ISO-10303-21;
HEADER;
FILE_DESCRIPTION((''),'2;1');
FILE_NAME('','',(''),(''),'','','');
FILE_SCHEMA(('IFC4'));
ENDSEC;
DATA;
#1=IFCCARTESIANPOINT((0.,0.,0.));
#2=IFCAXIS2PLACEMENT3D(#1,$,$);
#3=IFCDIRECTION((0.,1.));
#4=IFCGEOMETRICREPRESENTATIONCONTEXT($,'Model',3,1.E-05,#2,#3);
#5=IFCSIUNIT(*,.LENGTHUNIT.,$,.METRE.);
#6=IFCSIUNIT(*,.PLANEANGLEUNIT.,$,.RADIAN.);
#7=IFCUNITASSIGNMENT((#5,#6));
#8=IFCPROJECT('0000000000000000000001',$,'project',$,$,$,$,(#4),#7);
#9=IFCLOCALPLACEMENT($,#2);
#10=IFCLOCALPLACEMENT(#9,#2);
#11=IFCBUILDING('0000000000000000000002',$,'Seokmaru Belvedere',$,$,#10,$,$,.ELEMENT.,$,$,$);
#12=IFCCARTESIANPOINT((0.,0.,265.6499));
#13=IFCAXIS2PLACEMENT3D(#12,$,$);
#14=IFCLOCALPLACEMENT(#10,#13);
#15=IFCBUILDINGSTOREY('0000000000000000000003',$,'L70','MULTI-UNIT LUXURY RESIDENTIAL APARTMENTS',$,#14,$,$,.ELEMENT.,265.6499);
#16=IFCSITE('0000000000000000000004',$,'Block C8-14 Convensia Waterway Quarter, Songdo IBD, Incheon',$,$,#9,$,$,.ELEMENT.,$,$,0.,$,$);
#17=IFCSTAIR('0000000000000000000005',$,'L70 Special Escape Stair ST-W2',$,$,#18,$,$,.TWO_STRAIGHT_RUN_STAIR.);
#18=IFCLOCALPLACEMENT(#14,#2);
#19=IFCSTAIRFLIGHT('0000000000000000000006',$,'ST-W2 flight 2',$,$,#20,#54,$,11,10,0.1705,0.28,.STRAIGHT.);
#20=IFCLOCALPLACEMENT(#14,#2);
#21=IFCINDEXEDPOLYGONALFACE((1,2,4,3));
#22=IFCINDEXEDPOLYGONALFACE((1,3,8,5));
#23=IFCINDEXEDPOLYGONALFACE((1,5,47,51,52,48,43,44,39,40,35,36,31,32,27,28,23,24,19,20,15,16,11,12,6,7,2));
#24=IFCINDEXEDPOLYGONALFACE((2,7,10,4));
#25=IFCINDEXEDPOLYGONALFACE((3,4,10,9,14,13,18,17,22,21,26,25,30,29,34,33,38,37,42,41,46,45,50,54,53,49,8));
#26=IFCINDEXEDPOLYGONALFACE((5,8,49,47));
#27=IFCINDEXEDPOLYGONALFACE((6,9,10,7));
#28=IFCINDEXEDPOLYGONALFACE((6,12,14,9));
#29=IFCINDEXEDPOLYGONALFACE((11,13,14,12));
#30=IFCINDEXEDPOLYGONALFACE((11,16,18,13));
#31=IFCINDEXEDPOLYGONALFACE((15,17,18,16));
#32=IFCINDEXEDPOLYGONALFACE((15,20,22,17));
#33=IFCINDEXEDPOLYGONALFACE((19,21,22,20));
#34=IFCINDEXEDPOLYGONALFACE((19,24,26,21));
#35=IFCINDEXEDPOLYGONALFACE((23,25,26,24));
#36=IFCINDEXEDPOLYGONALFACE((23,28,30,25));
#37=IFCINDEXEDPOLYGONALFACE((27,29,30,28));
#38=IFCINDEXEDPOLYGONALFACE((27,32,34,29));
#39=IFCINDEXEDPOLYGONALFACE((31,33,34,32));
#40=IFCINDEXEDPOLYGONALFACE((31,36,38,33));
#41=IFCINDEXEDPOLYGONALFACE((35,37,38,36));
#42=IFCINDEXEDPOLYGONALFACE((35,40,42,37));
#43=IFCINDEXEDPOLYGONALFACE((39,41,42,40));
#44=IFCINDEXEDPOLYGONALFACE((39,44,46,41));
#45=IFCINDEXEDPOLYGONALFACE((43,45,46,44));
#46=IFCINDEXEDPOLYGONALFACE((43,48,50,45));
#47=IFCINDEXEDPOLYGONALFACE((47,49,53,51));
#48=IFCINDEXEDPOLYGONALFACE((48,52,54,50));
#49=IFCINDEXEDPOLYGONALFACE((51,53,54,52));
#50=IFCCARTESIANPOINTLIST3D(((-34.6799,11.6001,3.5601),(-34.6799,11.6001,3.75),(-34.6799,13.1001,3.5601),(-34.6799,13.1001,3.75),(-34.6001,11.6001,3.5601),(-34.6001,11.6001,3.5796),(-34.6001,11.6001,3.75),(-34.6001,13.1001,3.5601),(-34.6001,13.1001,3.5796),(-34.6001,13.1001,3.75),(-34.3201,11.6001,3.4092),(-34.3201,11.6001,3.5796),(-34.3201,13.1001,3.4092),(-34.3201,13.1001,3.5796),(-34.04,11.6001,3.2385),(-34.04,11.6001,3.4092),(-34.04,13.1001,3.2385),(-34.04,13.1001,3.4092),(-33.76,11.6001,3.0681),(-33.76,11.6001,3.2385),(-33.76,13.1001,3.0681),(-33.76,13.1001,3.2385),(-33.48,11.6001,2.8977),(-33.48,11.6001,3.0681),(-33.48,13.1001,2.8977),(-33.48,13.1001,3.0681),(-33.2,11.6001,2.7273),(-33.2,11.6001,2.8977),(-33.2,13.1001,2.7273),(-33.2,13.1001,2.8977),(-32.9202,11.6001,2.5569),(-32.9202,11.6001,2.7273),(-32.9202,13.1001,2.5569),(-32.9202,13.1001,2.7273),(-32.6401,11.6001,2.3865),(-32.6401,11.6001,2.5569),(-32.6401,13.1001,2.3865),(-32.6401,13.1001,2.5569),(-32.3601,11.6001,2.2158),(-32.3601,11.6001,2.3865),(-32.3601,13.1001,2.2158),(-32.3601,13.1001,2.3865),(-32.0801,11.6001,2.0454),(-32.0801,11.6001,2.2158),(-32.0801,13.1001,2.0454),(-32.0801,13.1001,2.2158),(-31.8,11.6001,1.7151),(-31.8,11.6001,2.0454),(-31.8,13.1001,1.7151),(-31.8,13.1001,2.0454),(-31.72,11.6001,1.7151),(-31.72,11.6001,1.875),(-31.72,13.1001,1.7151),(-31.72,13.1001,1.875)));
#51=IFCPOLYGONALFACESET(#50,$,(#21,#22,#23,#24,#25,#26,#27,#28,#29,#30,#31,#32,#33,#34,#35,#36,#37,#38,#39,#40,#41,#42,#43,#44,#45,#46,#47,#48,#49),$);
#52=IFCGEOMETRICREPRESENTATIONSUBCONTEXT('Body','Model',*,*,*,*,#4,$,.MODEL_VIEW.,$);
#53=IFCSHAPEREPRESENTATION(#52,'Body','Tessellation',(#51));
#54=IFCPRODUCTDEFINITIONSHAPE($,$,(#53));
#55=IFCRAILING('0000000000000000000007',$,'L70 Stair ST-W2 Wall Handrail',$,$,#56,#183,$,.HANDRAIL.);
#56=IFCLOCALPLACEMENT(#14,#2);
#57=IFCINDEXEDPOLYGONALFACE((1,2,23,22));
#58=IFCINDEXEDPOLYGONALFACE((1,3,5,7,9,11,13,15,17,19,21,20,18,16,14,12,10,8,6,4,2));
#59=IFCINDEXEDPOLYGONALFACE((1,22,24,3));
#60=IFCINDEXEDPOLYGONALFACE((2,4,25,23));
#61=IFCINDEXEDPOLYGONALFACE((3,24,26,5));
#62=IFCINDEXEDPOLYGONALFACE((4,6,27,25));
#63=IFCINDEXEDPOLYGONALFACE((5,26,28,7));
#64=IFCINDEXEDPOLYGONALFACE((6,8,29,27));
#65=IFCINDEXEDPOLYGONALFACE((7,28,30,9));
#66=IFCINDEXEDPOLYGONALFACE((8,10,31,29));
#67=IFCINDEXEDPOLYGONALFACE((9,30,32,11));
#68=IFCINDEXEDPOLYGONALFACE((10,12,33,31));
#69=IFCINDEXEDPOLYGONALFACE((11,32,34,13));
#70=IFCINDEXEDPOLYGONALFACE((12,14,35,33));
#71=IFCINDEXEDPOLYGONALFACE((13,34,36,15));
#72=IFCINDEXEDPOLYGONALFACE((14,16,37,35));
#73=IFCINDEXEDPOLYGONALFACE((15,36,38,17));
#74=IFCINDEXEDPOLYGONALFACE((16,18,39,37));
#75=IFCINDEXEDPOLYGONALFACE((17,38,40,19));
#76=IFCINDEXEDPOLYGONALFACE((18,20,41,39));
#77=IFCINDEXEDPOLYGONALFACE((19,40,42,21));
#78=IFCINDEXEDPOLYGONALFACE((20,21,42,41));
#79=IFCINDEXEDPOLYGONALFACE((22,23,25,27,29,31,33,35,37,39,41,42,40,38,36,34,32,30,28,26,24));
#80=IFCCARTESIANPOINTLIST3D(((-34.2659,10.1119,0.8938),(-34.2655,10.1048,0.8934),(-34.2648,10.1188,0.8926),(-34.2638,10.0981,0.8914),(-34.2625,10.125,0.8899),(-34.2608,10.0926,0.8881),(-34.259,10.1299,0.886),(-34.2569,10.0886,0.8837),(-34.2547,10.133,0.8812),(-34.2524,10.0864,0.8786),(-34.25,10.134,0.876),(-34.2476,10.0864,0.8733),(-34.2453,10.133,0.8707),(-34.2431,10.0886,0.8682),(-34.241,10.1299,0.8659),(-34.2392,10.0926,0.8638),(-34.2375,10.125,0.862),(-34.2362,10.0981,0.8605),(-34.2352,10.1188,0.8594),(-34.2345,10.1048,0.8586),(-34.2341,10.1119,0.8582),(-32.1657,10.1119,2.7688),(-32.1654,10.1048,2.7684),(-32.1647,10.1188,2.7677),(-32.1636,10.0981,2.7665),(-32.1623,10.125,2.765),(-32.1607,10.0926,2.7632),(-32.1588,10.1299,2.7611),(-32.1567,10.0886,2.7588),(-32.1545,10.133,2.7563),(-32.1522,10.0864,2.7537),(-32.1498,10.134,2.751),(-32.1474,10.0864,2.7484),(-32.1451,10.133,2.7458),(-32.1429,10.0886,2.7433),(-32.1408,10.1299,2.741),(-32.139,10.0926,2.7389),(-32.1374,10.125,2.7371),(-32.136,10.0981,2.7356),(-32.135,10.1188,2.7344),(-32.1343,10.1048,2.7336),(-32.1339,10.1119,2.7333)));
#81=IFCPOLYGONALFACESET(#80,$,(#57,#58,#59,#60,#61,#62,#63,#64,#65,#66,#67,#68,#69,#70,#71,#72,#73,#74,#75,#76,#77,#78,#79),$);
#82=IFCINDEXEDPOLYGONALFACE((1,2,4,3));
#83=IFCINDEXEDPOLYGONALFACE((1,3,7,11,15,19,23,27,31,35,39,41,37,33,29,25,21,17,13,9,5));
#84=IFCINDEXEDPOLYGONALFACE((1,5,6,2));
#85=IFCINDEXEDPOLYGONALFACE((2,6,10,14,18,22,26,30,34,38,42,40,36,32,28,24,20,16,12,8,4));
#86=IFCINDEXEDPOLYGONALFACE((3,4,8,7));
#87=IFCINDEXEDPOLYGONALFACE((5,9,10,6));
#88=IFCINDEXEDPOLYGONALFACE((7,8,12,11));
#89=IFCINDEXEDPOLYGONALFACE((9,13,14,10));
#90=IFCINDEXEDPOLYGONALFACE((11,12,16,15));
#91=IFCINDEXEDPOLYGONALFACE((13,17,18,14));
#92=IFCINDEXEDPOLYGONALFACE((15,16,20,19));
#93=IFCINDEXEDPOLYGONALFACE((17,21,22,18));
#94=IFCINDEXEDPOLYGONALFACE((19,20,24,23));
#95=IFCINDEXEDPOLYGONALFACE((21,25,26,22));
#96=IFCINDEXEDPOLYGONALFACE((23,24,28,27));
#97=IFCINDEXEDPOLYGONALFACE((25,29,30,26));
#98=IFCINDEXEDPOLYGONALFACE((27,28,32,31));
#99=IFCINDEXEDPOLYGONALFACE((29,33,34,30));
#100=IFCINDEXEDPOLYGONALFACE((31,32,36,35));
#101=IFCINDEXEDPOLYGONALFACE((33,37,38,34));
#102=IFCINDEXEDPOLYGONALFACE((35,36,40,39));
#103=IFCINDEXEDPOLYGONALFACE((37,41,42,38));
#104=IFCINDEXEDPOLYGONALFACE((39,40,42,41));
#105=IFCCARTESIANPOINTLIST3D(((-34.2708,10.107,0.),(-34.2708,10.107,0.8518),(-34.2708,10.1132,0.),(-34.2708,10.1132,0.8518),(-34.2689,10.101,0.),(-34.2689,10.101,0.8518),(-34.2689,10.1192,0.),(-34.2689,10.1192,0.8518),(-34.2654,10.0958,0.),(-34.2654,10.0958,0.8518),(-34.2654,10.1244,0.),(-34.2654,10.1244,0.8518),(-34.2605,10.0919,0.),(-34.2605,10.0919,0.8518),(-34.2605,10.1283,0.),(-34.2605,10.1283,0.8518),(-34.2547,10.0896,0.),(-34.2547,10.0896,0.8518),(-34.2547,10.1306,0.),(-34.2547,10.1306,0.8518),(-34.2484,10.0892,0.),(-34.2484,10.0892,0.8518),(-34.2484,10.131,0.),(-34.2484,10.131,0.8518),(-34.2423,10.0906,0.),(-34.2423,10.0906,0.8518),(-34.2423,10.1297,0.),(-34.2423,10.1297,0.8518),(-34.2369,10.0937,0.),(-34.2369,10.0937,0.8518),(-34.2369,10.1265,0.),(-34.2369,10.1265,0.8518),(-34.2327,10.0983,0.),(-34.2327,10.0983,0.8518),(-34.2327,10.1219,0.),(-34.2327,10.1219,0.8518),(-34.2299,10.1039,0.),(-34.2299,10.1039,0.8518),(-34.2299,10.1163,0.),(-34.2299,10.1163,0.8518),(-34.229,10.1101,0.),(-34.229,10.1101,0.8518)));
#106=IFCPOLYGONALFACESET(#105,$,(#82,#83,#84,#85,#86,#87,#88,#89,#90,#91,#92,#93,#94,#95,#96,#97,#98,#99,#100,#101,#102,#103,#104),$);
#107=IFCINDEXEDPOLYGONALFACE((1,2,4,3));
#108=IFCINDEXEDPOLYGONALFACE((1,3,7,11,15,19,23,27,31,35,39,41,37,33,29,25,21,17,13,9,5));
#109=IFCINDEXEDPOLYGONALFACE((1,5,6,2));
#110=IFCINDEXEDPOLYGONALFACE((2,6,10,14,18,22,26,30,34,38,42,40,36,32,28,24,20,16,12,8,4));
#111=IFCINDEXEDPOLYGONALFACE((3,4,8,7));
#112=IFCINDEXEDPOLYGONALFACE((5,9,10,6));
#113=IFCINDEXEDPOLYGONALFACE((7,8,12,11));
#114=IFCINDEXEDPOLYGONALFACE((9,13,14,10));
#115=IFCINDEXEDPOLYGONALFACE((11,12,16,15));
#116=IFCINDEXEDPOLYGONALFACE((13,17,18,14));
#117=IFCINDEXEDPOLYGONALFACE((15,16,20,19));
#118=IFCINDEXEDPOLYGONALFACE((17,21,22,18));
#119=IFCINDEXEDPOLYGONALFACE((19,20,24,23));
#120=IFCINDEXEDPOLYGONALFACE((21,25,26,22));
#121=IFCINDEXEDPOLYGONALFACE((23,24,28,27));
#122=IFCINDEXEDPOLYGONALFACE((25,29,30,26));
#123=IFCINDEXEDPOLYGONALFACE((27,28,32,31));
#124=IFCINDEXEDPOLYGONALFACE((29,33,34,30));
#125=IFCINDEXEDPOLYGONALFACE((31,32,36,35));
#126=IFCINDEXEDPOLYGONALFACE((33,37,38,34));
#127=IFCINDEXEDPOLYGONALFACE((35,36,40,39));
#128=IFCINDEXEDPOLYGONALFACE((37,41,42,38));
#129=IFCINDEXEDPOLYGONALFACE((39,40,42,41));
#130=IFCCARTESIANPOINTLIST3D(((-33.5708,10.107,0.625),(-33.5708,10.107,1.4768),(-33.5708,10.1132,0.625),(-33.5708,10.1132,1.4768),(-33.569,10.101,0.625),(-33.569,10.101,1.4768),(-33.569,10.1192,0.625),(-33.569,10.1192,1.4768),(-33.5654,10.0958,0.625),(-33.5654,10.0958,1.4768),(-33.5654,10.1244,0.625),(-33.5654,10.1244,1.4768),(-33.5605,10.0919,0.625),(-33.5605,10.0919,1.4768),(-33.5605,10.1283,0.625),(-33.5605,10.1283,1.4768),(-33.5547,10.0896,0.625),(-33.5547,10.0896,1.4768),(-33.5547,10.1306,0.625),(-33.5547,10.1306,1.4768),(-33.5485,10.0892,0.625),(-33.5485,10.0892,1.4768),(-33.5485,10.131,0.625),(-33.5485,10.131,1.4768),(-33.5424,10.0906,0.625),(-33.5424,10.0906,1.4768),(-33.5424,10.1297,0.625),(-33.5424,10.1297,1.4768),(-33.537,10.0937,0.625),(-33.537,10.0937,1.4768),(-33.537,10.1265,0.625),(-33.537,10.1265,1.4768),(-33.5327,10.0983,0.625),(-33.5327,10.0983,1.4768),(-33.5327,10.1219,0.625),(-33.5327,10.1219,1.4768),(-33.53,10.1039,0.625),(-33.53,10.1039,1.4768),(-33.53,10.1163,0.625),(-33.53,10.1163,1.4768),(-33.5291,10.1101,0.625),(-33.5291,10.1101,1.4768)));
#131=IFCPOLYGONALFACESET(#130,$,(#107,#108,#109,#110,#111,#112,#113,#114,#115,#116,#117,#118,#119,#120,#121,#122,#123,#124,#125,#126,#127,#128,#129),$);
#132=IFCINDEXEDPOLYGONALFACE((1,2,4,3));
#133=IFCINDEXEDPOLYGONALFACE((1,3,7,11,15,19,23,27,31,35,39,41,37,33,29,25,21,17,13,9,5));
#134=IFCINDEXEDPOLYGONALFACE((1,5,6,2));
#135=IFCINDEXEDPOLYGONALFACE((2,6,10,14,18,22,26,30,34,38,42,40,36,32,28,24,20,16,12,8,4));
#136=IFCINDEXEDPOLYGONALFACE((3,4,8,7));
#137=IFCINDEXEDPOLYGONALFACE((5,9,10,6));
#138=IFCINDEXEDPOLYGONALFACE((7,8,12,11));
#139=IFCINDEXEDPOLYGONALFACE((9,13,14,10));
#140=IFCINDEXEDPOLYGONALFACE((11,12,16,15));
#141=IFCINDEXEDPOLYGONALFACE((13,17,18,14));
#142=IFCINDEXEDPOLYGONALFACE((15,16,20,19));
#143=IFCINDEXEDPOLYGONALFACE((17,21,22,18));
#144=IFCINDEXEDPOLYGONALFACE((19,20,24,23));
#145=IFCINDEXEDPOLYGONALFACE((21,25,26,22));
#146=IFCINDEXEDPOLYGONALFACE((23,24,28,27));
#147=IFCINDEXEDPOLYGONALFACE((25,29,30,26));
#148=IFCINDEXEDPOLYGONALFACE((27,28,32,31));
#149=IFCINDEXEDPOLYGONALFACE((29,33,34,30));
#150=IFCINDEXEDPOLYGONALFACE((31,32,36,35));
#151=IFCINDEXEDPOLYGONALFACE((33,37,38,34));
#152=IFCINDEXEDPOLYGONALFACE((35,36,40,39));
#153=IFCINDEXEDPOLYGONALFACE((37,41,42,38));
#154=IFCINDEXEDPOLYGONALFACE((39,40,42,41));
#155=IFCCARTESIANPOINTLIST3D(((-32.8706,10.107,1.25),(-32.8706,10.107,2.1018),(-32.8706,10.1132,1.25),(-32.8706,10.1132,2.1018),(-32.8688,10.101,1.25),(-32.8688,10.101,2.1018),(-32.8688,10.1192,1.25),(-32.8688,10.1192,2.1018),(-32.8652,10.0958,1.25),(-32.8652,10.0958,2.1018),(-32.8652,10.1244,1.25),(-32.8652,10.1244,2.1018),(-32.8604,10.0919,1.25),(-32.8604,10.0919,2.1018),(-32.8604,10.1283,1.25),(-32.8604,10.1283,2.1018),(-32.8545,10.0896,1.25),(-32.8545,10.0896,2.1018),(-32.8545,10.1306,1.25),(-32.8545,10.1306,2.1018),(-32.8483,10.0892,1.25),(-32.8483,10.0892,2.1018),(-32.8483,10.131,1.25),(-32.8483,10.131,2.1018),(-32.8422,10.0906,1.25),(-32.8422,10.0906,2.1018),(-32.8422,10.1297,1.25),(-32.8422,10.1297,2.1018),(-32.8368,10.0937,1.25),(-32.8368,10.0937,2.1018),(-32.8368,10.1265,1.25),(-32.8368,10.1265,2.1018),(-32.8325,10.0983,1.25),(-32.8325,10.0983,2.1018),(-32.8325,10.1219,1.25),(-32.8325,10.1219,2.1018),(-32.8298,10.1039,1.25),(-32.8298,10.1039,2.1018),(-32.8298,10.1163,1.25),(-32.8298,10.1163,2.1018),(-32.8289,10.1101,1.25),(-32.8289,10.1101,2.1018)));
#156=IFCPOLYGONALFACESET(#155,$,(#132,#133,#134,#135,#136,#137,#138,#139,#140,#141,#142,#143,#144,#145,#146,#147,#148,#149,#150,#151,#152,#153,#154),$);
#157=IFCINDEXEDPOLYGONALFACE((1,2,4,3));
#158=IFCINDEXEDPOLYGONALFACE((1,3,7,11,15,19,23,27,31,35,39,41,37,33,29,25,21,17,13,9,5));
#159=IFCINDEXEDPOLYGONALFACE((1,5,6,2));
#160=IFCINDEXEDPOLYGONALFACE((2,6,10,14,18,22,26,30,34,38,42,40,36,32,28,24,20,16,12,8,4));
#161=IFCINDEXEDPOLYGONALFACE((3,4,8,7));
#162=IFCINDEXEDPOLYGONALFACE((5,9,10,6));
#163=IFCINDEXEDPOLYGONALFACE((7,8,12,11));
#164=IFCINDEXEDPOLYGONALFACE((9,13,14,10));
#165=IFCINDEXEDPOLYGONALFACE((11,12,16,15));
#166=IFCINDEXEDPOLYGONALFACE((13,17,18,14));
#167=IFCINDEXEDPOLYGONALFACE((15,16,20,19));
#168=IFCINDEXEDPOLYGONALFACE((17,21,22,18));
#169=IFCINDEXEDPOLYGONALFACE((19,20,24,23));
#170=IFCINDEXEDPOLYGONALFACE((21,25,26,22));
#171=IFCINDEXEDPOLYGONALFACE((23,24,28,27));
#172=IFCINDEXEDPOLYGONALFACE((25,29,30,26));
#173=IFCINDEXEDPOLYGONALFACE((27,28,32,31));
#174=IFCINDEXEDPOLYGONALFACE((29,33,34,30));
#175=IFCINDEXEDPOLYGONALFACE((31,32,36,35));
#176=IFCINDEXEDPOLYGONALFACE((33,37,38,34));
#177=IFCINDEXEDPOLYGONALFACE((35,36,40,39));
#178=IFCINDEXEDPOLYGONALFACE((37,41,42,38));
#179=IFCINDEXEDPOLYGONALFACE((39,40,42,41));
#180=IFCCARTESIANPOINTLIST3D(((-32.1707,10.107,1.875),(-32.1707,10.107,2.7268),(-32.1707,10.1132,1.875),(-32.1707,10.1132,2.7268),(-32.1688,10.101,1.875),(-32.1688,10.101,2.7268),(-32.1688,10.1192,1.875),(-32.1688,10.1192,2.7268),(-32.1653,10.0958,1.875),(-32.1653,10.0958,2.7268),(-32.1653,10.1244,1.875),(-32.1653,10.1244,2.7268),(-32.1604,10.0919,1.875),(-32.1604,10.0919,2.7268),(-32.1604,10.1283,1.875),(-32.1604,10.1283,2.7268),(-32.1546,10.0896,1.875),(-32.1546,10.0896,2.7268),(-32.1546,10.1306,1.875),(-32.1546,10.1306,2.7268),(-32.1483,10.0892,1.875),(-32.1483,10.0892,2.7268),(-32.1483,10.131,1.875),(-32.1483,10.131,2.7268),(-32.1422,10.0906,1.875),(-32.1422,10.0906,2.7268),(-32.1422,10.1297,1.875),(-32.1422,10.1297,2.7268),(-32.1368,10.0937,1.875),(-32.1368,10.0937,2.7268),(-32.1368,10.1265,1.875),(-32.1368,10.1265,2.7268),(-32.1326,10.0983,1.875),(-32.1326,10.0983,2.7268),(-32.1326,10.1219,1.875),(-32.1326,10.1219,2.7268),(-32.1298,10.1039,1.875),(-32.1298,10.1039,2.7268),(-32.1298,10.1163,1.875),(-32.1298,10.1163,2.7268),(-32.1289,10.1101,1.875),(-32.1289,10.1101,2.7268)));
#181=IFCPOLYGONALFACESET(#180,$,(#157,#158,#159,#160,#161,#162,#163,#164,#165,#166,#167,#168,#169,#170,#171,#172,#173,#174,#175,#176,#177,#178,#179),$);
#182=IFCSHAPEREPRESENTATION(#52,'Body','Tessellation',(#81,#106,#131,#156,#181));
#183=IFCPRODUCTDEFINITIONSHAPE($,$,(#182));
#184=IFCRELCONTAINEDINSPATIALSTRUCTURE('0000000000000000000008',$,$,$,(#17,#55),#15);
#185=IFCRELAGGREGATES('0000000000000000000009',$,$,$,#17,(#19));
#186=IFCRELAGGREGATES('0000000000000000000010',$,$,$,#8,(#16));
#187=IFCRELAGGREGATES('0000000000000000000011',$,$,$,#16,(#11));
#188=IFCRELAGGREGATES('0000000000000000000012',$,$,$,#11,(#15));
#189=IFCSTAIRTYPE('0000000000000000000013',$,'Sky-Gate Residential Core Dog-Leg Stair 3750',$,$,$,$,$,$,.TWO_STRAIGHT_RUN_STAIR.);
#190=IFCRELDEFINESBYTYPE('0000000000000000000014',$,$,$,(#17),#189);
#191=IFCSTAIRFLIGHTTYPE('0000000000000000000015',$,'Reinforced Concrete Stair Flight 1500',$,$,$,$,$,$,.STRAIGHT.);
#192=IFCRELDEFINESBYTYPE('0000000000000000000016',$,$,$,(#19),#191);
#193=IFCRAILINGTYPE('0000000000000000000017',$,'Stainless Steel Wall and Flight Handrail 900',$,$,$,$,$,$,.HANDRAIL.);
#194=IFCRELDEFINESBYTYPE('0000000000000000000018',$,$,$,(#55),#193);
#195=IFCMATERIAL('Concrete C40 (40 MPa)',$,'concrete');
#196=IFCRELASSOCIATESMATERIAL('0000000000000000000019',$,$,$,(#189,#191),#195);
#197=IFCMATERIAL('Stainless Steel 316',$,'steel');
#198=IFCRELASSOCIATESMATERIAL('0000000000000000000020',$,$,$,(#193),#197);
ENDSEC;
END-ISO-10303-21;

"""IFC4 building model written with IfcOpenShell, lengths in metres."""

from ifc_helpers import new_model, si_unit, direction, frame, origin, origin_2d, place, context, subcontext, project, spatial, polyline, circle, outline, extrude, material, type_object, element, aggregate, save


model = new_model("IFC4")

# Units and contexts
model_context = context("Model", 3, precision=1e-05, world=origin(), true_north=direction((0.0, 1.0)))
body_context = subcontext(model_context, "Body", "Model", "MODEL_VIEW")
ifc_project = project(units=[si_unit("LENGTHUNIT", "METRE"), si_unit("PLANEANGLEUNIT", "RADIAN")], contexts=[model_context])

# Site, building, storey
site_placement = place(None, origin())
site = spatial("IfcSite", under=ifc_project, at=site_placement, Name="Block C8-14 Convensia Waterway Quarter, Songdo IBD, Incheon", CompositionType="ELEMENT", RefElevation=0.0)
building_placement = place(site_placement, origin())
building = spatial("IfcBuilding", under=site, at=building_placement, Name="Seokmaru Belvedere", CompositionType="ELEMENT")
storey_placement = place(building_placement, frame((0.0, 0.0, 265.6499)))
storey = spatial("IfcBuildingStorey", under=building, at=storey_placement, Name="L70", Description="MULTI-UNIT LUXURY RESIDENTIAL APARTMENTS", CompositionType="ELEMENT", Elevation=265.6499)

# Shared definitions
ifc_material_1 = material(Name="Stainless Steel 316", Category="steel")

# Stair, stair flight
ifc_material_2 = material(Name="Concrete C40 (40 MPa)", Category="concrete")
stair_type = type_object("IfcStairType", Name="Sky-Gate Residential Core Dog-Leg Stair 3750", PredefinedType="TWO_STRAIGHT_RUN_STAIR", material=ifc_material_2)
stair_placement = place(storey_placement, origin())
stair = element("IfcStair", 1, at=stair_placement, inside=storey, type_object=stair_type, Name="L70 Special Escape Stair ST-W2", PredefinedType="TWO_STRAIGHT_RUN_STAIR")
stair_flight_type = type_object("IfcStairFlightType", Name="Reinforced Concrete Stair Flight 1500", PredefinedType="STRAIGHT", material=ifc_material_2)
stair_flight_1_placement = place(storey_placement, frame((-31.8, 12.3501, 1.875), z_axis=(0.0, 0.0, 1.0), x_axis=(-1.0, 0.0, 0.0)))
stair_flight_1 = element("IfcStairFlight", 2, at=stair_flight_1_placement, type_object=stair_flight_type, Name="ST-W2 flight 2", NumberOfRisers=11, NumberOfTreads=10, PredefinedType="STRAIGHT", RiserHeight=0.1705, TreadLength=0.28, context=body_context, shape_type="SweptSolid", body=[
    extrude(outline(polyline([(-0.0801, 0.0), (0.0, 0.1704), (0.28, 0.1704), (0.28, 0.3408), (0.5601, 0.3408), (0.5601, 0.5115), (0.8401, 0.5115), (0.8401, 0.6819), (1.1201, 0.6819), (1.1201, 0.8523), (1.3999, 0.8523), (1.3999, 1.0227), (1.6799, 1.0227), (1.6799, 1.1931), (1.96, 1.1931), (1.96, 1.3635), (2.24, 1.3635), (2.24, 1.5342), (2.52, 1.5342), (2.52, 1.7046), (2.8, 1.7046), (2.8, 1.875), (2.8799, 1.875), (2.8799, 1.6851), (2.8, 1.6851), (0.0, -0.1599), (-0.0801, -0.1599), (-0.0801, 0.0)])), frame((0.0, 0.75, 0.0), z_axis=(0.0, -1.0, 0.0), x_axis=(1.0, 0.0, 0.0)), (0.0, 0.0, 1.0), 1.5),
])
aggregate(stair, [stair_flight_1])

# Railing
railing_type_1 = type_object("IfcRailingType", Name="Stainless Steel Wall and Flight Handrail 900", PredefinedType="HANDRAIL", material=ifc_material_1)
railing_1_placement = place(storey_placement, frame((-34.25, 10.1101, 0.0)))
element("IfcRailing", 3, at=railing_1_placement, inside=storey, type_object=railing_type_1, Name="L70 Stair ST-W2 Wall Handrail", PredefinedType="HANDRAIL", context=body_context, shape_type="SweptSolid", body=[
    extrude(circle(Radius=0.0239, at=origin_2d()), frame((0.0, 0.0, 0.876), z_axis=(0.745953, 0.0, 0.665999), x_axis=(0.0, 1.0, 0.0)), (0.0, 0.0, 1.0), 2.8154),
    extrude(circle(Radius=0.021, at=origin_2d()), origin(), (0.0, 0.0, 1.0), 0.8518),
    extrude(circle(Radius=0.021, at=origin_2d()), frame((0.7, 0.0, 0.625)), (0.0, 0.0, 1.0), 0.8518),
    extrude(circle(Radius=0.021, at=origin_2d()), frame((1.4001, 0.0, 1.25)), (0.0, 0.0, 1.0), 0.8518),
    extrude(circle(Radius=0.021, at=origin_2d()), frame((2.1001, 0.0, 1.875)), (0.0, 0.0, 1.0), 0.8518),
])

save(model, "model.ifc")
